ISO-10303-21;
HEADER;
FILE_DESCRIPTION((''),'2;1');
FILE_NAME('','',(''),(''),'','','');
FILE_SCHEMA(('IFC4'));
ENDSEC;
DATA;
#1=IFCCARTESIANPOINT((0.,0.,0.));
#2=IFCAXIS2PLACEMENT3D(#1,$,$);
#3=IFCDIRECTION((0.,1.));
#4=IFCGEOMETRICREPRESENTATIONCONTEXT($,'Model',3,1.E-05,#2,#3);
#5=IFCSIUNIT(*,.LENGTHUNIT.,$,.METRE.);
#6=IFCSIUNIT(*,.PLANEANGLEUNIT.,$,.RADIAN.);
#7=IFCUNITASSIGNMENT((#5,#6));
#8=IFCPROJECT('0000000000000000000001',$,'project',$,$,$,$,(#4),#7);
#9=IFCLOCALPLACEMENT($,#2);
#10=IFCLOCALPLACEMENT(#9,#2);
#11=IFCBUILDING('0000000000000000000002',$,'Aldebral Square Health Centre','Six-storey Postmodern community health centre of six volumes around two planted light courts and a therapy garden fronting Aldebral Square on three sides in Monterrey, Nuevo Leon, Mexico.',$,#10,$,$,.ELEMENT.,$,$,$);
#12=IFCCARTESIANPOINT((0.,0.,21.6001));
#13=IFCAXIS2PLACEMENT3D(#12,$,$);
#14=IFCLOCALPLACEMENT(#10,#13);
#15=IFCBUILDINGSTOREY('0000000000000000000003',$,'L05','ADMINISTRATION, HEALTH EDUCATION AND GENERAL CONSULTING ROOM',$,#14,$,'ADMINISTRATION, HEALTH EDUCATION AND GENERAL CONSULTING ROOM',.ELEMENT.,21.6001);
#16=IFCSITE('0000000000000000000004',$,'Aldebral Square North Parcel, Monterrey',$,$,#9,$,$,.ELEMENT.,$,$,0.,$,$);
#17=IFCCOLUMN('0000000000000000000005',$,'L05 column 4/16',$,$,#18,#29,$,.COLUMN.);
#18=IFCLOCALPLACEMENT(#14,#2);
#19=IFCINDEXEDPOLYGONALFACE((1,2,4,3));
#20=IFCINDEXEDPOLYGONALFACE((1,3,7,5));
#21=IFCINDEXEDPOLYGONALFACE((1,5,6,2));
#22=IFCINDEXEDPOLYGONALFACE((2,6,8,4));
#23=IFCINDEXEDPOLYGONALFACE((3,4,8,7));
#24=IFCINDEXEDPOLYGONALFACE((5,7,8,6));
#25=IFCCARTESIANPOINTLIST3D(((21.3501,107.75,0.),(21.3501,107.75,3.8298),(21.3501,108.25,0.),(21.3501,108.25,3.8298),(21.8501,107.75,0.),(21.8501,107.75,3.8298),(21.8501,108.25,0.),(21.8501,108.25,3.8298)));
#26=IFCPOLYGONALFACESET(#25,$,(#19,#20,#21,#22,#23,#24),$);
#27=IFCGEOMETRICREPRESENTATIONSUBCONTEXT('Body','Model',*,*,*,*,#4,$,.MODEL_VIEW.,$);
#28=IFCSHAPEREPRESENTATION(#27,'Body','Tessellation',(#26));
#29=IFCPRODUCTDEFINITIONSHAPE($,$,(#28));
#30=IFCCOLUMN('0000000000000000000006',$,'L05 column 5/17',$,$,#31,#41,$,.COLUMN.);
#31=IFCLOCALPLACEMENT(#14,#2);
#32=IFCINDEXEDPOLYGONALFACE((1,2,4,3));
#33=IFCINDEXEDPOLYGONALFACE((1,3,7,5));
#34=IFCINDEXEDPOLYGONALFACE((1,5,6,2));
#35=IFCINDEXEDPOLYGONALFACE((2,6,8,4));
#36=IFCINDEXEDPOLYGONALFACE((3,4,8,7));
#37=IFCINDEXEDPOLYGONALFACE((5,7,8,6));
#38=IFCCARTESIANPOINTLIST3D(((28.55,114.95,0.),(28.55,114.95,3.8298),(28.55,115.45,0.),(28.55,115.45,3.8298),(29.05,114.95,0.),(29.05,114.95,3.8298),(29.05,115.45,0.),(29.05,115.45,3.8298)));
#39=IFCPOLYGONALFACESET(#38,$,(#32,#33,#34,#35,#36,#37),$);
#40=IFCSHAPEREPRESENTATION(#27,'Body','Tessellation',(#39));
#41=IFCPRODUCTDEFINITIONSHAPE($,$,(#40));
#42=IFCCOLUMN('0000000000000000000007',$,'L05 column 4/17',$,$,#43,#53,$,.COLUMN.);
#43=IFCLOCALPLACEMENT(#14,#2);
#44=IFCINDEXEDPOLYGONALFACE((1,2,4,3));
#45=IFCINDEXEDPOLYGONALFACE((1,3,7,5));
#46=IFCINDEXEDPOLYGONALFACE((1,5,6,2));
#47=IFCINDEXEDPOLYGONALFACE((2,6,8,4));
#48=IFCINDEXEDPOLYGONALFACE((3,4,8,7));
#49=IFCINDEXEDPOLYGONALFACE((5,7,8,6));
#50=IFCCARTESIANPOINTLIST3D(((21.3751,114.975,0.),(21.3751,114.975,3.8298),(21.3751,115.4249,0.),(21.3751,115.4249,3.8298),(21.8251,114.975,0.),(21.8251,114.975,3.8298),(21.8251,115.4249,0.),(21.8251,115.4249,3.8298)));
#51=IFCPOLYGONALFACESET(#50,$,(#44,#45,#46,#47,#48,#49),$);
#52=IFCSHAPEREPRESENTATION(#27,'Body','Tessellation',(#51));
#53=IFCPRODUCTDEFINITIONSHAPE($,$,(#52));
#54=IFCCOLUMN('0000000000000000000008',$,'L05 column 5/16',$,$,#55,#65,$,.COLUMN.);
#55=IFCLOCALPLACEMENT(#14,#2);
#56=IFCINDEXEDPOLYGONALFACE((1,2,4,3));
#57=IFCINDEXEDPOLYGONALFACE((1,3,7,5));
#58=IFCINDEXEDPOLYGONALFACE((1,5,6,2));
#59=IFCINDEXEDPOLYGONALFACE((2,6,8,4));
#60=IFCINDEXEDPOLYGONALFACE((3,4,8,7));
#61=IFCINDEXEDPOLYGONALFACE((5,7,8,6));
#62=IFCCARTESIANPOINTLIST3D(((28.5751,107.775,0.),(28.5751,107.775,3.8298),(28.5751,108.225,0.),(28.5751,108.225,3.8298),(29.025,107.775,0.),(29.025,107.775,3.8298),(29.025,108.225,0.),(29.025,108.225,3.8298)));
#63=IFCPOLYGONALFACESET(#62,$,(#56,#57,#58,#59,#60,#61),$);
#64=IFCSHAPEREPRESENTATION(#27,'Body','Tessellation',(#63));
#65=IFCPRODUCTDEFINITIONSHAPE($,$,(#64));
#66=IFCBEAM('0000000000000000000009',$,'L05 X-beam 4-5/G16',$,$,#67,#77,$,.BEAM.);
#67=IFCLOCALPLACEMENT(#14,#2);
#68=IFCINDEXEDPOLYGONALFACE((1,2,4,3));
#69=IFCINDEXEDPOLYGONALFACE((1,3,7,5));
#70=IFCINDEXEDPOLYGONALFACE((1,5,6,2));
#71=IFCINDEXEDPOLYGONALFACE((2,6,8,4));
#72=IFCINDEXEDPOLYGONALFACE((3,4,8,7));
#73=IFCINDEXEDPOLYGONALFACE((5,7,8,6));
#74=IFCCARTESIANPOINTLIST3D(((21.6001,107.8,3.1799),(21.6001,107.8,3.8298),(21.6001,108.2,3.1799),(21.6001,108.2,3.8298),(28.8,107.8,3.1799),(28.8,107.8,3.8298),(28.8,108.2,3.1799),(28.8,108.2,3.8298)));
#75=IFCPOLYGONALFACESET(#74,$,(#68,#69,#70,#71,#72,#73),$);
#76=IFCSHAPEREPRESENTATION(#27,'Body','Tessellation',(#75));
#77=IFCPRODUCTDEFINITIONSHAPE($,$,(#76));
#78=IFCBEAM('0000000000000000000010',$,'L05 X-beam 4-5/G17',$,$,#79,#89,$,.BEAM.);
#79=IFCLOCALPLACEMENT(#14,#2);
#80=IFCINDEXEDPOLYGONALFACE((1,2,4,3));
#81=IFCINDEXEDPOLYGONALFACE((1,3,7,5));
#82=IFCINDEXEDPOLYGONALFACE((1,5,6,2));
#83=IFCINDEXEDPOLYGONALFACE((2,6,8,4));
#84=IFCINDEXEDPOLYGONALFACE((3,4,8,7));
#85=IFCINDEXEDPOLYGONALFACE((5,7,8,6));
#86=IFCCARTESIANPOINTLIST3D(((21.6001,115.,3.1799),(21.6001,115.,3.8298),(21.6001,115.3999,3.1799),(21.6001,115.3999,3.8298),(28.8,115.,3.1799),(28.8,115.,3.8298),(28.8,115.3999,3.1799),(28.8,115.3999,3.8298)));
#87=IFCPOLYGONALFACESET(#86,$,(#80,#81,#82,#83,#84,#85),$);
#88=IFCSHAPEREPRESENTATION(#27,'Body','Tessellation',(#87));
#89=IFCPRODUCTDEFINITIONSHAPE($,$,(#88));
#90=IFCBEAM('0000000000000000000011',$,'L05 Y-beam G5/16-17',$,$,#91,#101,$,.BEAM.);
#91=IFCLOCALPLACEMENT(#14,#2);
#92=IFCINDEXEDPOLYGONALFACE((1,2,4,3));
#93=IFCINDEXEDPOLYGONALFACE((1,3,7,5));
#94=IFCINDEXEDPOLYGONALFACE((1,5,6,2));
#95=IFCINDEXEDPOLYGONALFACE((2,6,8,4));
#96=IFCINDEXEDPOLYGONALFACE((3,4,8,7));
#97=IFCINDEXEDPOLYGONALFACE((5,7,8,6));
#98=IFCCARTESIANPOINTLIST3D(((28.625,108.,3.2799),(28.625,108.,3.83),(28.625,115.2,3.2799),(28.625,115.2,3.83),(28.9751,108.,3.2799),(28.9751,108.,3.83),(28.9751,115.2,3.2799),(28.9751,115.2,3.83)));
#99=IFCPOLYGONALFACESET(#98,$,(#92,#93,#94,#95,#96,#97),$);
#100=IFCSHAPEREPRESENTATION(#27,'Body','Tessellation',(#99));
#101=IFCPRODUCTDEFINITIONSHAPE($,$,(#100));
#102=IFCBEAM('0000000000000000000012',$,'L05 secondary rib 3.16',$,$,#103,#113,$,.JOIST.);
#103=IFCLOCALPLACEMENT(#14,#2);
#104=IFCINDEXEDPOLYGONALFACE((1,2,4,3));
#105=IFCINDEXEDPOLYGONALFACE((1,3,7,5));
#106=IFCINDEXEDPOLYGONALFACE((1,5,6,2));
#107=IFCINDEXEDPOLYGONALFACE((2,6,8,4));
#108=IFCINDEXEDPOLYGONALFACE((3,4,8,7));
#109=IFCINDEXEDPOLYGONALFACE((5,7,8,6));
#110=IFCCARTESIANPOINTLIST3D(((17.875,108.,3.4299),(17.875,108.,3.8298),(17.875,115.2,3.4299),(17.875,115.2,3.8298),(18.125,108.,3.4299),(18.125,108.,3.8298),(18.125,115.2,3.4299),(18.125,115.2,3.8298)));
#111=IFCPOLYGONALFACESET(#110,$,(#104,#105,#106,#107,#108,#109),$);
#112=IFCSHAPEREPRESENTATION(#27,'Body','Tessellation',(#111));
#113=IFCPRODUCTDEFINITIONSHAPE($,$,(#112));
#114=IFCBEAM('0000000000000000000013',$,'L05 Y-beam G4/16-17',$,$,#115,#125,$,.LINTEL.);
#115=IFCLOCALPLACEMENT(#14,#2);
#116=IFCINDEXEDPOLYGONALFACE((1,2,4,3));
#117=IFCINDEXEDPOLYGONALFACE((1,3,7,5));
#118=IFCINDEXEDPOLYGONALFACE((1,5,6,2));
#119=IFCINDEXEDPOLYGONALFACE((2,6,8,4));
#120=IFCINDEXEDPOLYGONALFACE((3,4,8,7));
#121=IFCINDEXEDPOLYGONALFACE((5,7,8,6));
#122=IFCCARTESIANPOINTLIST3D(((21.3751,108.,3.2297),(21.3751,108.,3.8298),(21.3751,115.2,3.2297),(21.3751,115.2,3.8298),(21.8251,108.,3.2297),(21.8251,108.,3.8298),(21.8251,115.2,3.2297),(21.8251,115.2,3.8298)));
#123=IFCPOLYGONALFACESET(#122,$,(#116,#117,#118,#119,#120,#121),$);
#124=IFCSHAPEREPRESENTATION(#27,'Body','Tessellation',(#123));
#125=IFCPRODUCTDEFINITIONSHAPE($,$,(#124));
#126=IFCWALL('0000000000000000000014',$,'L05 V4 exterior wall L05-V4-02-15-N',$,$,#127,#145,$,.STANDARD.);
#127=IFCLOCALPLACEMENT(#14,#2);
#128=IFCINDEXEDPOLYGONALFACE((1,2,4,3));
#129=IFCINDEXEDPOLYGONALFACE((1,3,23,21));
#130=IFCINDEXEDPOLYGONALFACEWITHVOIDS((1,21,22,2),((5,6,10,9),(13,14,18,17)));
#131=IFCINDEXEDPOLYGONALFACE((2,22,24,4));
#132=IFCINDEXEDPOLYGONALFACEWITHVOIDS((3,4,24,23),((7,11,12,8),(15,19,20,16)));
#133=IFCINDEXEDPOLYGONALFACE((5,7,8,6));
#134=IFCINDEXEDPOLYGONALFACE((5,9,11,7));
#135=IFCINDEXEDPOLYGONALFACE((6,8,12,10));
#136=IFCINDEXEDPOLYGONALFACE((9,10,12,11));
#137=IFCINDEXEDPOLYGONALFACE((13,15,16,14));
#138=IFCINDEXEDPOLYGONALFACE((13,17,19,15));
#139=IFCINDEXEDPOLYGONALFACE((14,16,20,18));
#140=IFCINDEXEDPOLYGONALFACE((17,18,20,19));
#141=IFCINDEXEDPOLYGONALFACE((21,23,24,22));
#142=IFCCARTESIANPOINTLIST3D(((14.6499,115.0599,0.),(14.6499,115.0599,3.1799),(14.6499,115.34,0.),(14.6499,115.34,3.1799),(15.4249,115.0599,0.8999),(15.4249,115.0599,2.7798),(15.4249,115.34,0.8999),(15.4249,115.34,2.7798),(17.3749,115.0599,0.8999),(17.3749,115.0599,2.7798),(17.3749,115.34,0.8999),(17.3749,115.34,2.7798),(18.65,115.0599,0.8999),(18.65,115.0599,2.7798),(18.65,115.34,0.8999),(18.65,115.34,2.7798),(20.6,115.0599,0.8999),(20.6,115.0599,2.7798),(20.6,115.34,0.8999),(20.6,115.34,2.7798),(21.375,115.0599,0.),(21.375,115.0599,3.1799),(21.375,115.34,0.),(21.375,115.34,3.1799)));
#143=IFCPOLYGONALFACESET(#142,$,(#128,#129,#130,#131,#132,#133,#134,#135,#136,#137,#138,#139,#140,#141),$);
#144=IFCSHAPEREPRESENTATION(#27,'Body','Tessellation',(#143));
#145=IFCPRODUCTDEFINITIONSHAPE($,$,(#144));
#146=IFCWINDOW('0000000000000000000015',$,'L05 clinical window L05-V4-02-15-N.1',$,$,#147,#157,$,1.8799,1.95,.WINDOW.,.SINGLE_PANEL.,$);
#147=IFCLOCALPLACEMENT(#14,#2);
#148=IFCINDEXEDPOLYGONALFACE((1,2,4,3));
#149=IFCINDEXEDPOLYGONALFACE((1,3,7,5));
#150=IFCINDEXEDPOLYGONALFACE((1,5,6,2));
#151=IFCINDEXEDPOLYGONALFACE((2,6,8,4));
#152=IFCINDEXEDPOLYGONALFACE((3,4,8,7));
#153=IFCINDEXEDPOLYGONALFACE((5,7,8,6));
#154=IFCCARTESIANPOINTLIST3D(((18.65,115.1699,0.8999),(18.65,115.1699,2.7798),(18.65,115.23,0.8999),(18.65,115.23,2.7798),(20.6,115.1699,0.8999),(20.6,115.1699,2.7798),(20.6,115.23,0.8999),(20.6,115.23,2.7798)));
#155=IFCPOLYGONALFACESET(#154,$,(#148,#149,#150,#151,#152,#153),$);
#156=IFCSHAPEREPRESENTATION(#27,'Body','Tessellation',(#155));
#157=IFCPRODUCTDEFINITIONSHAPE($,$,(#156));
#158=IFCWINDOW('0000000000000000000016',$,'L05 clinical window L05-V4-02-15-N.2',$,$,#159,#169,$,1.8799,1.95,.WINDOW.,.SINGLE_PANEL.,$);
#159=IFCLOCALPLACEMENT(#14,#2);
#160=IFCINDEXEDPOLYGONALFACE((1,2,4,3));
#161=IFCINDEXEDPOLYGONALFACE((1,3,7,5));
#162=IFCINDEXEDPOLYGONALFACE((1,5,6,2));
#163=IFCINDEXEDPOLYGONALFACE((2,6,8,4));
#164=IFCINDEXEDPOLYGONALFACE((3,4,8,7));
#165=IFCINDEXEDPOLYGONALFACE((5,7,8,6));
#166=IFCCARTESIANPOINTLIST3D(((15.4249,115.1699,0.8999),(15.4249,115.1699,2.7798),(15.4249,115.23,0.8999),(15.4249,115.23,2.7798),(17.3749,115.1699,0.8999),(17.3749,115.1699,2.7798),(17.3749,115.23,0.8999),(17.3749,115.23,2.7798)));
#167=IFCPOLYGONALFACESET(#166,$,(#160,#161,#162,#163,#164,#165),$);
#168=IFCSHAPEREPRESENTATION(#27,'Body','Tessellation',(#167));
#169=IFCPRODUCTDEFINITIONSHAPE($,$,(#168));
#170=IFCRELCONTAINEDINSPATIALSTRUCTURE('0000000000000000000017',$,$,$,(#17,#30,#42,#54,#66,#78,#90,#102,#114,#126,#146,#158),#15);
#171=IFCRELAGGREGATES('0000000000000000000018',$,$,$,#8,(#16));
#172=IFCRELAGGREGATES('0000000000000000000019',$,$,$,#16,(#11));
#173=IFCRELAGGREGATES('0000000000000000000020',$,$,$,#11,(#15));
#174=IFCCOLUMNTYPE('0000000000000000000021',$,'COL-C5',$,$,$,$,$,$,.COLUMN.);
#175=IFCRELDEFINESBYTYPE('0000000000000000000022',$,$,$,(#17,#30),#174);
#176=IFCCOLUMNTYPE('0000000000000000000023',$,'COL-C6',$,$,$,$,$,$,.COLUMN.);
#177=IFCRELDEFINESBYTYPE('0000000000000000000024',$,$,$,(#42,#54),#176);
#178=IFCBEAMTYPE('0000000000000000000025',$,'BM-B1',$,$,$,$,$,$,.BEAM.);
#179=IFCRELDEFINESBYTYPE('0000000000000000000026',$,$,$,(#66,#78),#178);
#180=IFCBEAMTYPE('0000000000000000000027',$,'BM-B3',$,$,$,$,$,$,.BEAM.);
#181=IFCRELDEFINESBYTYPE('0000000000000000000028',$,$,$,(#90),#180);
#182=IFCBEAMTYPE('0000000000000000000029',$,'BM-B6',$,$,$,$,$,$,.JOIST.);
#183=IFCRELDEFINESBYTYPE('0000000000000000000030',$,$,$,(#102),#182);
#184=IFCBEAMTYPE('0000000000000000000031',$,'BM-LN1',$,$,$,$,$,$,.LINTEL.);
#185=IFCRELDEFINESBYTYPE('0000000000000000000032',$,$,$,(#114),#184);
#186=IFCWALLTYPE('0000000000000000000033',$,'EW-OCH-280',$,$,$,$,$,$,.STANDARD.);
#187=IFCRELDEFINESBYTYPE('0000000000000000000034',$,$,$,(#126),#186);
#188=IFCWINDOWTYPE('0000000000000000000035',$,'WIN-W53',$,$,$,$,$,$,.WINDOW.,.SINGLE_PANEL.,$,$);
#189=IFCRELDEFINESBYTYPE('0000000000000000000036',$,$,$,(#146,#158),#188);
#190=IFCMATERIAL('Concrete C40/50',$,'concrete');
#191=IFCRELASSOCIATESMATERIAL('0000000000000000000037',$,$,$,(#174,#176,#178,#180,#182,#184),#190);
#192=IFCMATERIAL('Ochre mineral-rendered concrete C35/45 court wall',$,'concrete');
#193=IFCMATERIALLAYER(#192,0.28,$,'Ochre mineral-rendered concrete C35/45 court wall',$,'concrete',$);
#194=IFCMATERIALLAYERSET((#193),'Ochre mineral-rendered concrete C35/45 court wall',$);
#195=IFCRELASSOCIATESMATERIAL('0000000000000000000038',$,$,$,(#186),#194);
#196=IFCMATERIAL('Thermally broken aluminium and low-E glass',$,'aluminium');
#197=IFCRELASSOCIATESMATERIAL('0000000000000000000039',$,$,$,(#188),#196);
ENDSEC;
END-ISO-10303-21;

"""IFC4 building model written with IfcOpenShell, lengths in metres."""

from ifc_helpers import new_model, si_unit, direction, frame, frame_2d, origin, origin_2d, place, context, subcontext, project, spatial, rectangle, extrude, material, layer, layer_set, material_profile, profile_set, type_object, element, fill, save


model = new_model("IFC4")

# Units and contexts
model_context = context("Model", 3, precision=1e-05, world=origin(), true_north=direction((0.0, 1.0)))
body_context = subcontext(model_context, "Body", "Model", "MODEL_VIEW")
ifc_project = project(units=[si_unit("LENGTHUNIT", "METRE"), si_unit("PLANEANGLEUNIT", "RADIAN")], contexts=[model_context])

# Site, building, storey
site_placement = place(None, origin())
site = spatial("IfcSite", under=ifc_project, at=site_placement, Name="Aldebral Square North Parcel, Monterrey", CompositionType="ELEMENT", RefElevation=0.0)
building_placement = place(site_placement, origin())
building = spatial("IfcBuilding", under=site, at=building_placement, Name="Aldebral Square Health Centre", Description="Six-storey Postmodern community health centre of six volumes around two planted light courts and a therapy garden fronting Aldebral Square on three sides in Monterrey, Nuevo Leon, Mexico.", CompositionType="ELEMENT")
storey_placement = place(building_placement, frame((0.0, 0.0, 21.6001)))
storey = spatial("IfcBuildingStorey", under=building, at=storey_placement, Name="L05", Description="ADMINISTRATION, HEALTH EDUCATION AND GENERAL CONSULTING ROOM", LongName="ADMINISTRATION, HEALTH EDUCATION AND GENERAL CONSULTING ROOM", CompositionType="ELEMENT", Elevation=21.6001)

# Columns
ifc_material_1 = material(Name="Concrete C40/50", Category="concrete")
ifc_material_profile_1 = material_profile(ifc_material_1, rectangle(XDim=0.5, YDim=0.5, at=origin_2d()), Name="RC 500x500")
ifc_profile_set_1 = profile_set([ifc_material_profile_1], Name="Concrete C40/50")
column_type_1 = type_object("IfcColumnType", Name="COL-C5", PredefinedType="COLUMN", material=ifc_profile_set_1)
for number, where, z_axis, x_axis, name in (
    (1, (21.6001, 108.0, 0.0), (0.0, 0.0, 1.0), (1.0, 0.0, 0.0), "L05 column 4/16"),
    (2, (28.8, 115.2, 0.0), (0.0, 0.0, 1.0), (1.0, 0.0, 0.0), "L05 column 5/17"),
):
    element("IfcColumn", number, at=place(storey_placement, frame(where, z_axis=z_axis, x_axis=x_axis)), inside=storey, type_object=column_type_1, Name=name, PredefinedType="COLUMN", context=body_context, shape_type="SweptSolid", body=[
        extrude(rectangle(XDim=0.5, YDim=0.5, at=origin_2d()), origin(), (0.0, 0.0, 1.0), 3.8298),
    ])
ifc_material_profile_2 = material_profile(ifc_material_1, rectangle(XDim=0.45, YDim=0.45, at=origin_2d()), Name="RC 450x450")
ifc_profile_set_2 = profile_set([ifc_material_profile_2], Name="Concrete C40/50")
column_type_2 = type_object("IfcColumnType", Name="COL-C6", PredefinedType="COLUMN", material=ifc_profile_set_2)
for number, where, z_axis, x_axis, name in (
    (3, (21.6001, 115.2, 0.0), (0.0, 0.0, 1.0), (1.0, 0.0, 0.0), "L05 column 4/17"),
    (4, (28.8, 108.0, 0.0), (0.0, 0.0, 1.0), (1.0, 0.0, 0.0), "L05 column 5/16"),
):
    element("IfcColumn", number, at=place(storey_placement, frame(where, z_axis=z_axis, x_axis=x_axis)), inside=storey, type_object=column_type_2, Name=name, PredefinedType="COLUMN", context=body_context, shape_type="SweptSolid", body=[
        extrude(rectangle(XDim=0.45, YDim=0.45, at=origin_2d()), origin(), (0.0, 0.0, 1.0), 3.8298),
    ])

# Beams
ifc_material_profile_3 = material_profile(ifc_material_1, rectangle(XDim=0.3999, YDim=0.6499, at=origin_2d()), Name="RC 400x650")
ifc_profile_set_3 = profile_set([ifc_material_profile_3], Name="Concrete C40/50")
beam_type_1 = type_object("IfcBeamType", Name="BM-B1", PredefinedType="BEAM", material=ifc_profile_set_3)
for number, where, z_axis, x_axis, name in (
    (5, (21.6001, 108.0, 3.5049), (1.0, 0.0, 0.0), (0.0, 1.0, 0.0), "L05 X-beam 4-5/G16"),
    (6, (21.6001, 115.2, 3.5049), (1.0, 0.0, 0.0), (0.0, 1.0, 0.0), "L05 X-beam 4-5/G17"),
):
    element("IfcBeam", number, at=place(storey_placement, frame(where, z_axis=z_axis, x_axis=x_axis)), inside=storey, type_object=beam_type_1, Name=name, PredefinedType="BEAM", context=body_context, shape_type="SweptSolid", body=[
        extrude(rectangle(XDim=0.3999, YDim=0.6499, at=origin_2d()), origin(), (0.0, 0.0, 1.0), 7.2),
    ])
ifc_material_profile_4 = material_profile(ifc_material_1, rectangle(XDim=0.3501, YDim=0.55, at=origin_2d()), Name="RC 350x550")
ifc_profile_set_4 = profile_set([ifc_material_profile_4], Name="Concrete C40/50")
beam_type_2 = type_object("IfcBeamType", Name="BM-B3", PredefinedType="BEAM", material=ifc_profile_set_4)
beam_1_placement = place(storey_placement, frame((28.8, 108.0, 3.5549), z_axis=(0.0, 1.0, 0.0), x_axis=(-1.0, 0.0, 0.0)))
element("IfcBeam", 7, at=beam_1_placement, inside=storey, type_object=beam_type_2, Name="L05 Y-beam G5/16-17", PredefinedType="BEAM", context=body_context, shape_type="SweptSolid", body=[
    extrude(rectangle(XDim=0.3501, YDim=0.55, at=origin_2d()), origin(), (0.0, 0.0, 1.0), 7.2),
])
ifc_material_profile_5 = material_profile(ifc_material_1, rectangle(XDim=0.25, YDim=0.3999, at=origin_2d()), Name="RC 250x400")
ifc_profile_set_5 = profile_set([ifc_material_profile_5], Name="Concrete C40/50")
beam_type_3 = type_object("IfcBeamType", Name="BM-B6", PredefinedType="JOIST", material=ifc_profile_set_5)
beam_2_placement = place(storey_placement, frame((18.0, 108.0, 3.6299), z_axis=(0.0, 1.0, 0.0), x_axis=(-1.0, 0.0, 0.0)))
element("IfcBeam", 8, at=beam_2_placement, inside=storey, type_object=beam_type_3, Name="L05 secondary rib 3.16", PredefinedType="JOIST", context=body_context, shape_type="SweptSolid", body=[
    extrude(rectangle(XDim=0.25, YDim=0.3999, at=origin_2d()), origin(), (0.0, 0.0, 1.0), 7.2),
])
ifc_material_profile_6 = material_profile(ifc_material_1, rectangle(XDim=0.45, YDim=0.6001, at=origin_2d()), Name="RC 450x600")
ifc_profile_set_6 = profile_set([ifc_material_profile_6], Name="Concrete C40/50")
beam_type_4 = type_object("IfcBeamType", Name="BM-LN1", PredefinedType="LINTEL", material=ifc_profile_set_6)
beam_3_placement = place(storey_placement, frame((21.6001, 108.0, 3.5298), z_axis=(0.0, 1.0, 0.0), x_axis=(-1.0, 0.0, 0.0)))
element("IfcBeam", 9, at=beam_3_placement, inside=storey, type_object=beam_type_4, Name="L05 Y-beam G4/16-17", PredefinedType="LINTEL", context=body_context, shape_type="SweptSolid", body=[
    extrude(rectangle(XDim=0.45, YDim=0.6001, at=origin_2d()), origin(), (0.0, 0.0, 1.0), 7.2),
])

# Wall, openings, windows
ifc_material_2 = material(Name="Ochre mineral-rendered concrete C35/45 court wall", Category="concrete")
ifc_layer_1 = layer(ifc_material_2, 0.28, Name="Ochre mineral-rendered concrete C35/45 court wall", Category="concrete")
ifc_layer_set_1 = layer_set([ifc_layer_1], Name="Ochre mineral-rendered concrete C35/45 court wall")
wall_type_1 = type_object("IfcWallType", Name="EW-OCH-280", PredefinedType="STANDARD", material=ifc_layer_set_1)
wall_1_placement = place(storey_placement, frame((21.375, 115.2, 0.0), z_axis=(0.0, 0.0, 1.0), x_axis=(-1.0, 0.0, 0.0)))
wall_1 = element("IfcWall", 10, at=wall_1_placement, inside=storey, type_object=wall_type_1, Name="L05 V4 exterior wall L05-V4-02-15-N", PredefinedType="STANDARD", context=body_context, shape_type="SweptSolid", body=[
    extrude(rectangle(XDim=6.7251, YDim=0.28, at=frame_2d((3.3625, 0.0))), origin(), (0.0, 0.0, 1.0), 3.1799),
])
opening_1_placement = place(wall_1_placement, frame((0.7749, 0.0, 0.8999)))
opening_1 = element("IfcOpeningElement", 11, at=opening_1_placement, cuts=wall_1, PredefinedType="OPENING", context=body_context, shape_type="SweptSolid", body=[
    extrude(rectangle(XDim=1.95, YDim=1.8799, at=frame_2d((0.9751, 0.9399))), frame((0.0, 0.1499, 0.0), z_axis=(0.0, -1.0, 0.0), x_axis=(1.0, 0.0, 0.0)), (0.0, 0.0, 1.0), 0.3),
])
opening_2_placement = place(wall_1_placement, frame((4.0, 0.0, 0.8999)))
opening_2 = element("IfcOpeningElement", 12, at=opening_2_placement, cuts=wall_1, PredefinedType="OPENING", context=body_context, shape_type="SweptSolid", body=[
    extrude(rectangle(XDim=1.95, YDim=1.8799, at=frame_2d((0.9751, 0.9399))), frame((0.0, 0.1499, 0.0), z_axis=(0.0, -1.0, 0.0), x_axis=(1.0, 0.0, 0.0)), (0.0, 0.0, 1.0), 0.3),
])
ifc_material_3 = material(Name="Thermally broken aluminium and low-E glass", Category="aluminium")
window_type_1 = type_object("IfcWindowType", Name="WIN-W53", PartitioningType="SINGLE_PANEL", PredefinedType="WINDOW", material=ifc_material_3)
window_1_placement = place(opening_1_placement, origin())
window_1 = element("IfcWindow", 13, at=window_1_placement, inside=storey, type_object=window_type_1, Name="L05 clinical window L05-V4-02-15-N.1", OverallHeight=1.8799, OverallWidth=1.95, PartitioningType="SINGLE_PANEL", PredefinedType="WINDOW", context=body_context, shape_type="SweptSolid", body=[
    extrude(rectangle(XDim=1.95, YDim=1.8799, at=frame_2d((0.9751, 0.9399))), frame((0.0, 0.03, 0.0), z_axis=(0.0, -1.0, 0.0), x_axis=(1.0, 0.0, 0.0)), (0.0, 0.0, 1.0), 0.0601),
])
fill(opening_1, window_1)
window_2_placement = place(opening_2_placement, origin())
window_2 = element("IfcWindow", 14, at=window_2_placement, inside=storey, type_object=window_type_1, Name="L05 clinical window L05-V4-02-15-N.2", OverallHeight=1.8799, OverallWidth=1.95, PartitioningType="SINGLE_PANEL", PredefinedType="WINDOW", context=body_context, shape_type="SweptSolid", body=[
    extrude(rectangle(XDim=1.95, YDim=1.8799, at=frame_2d((0.9751, 0.9399))), frame((0.0, 0.03, 0.0), z_axis=(0.0, -1.0, 0.0), x_axis=(1.0, 0.0, 0.0)), (0.0, 0.0, 1.0), 0.0601),
])
fill(opening_2, window_2)

save(model, "model.ifc")
